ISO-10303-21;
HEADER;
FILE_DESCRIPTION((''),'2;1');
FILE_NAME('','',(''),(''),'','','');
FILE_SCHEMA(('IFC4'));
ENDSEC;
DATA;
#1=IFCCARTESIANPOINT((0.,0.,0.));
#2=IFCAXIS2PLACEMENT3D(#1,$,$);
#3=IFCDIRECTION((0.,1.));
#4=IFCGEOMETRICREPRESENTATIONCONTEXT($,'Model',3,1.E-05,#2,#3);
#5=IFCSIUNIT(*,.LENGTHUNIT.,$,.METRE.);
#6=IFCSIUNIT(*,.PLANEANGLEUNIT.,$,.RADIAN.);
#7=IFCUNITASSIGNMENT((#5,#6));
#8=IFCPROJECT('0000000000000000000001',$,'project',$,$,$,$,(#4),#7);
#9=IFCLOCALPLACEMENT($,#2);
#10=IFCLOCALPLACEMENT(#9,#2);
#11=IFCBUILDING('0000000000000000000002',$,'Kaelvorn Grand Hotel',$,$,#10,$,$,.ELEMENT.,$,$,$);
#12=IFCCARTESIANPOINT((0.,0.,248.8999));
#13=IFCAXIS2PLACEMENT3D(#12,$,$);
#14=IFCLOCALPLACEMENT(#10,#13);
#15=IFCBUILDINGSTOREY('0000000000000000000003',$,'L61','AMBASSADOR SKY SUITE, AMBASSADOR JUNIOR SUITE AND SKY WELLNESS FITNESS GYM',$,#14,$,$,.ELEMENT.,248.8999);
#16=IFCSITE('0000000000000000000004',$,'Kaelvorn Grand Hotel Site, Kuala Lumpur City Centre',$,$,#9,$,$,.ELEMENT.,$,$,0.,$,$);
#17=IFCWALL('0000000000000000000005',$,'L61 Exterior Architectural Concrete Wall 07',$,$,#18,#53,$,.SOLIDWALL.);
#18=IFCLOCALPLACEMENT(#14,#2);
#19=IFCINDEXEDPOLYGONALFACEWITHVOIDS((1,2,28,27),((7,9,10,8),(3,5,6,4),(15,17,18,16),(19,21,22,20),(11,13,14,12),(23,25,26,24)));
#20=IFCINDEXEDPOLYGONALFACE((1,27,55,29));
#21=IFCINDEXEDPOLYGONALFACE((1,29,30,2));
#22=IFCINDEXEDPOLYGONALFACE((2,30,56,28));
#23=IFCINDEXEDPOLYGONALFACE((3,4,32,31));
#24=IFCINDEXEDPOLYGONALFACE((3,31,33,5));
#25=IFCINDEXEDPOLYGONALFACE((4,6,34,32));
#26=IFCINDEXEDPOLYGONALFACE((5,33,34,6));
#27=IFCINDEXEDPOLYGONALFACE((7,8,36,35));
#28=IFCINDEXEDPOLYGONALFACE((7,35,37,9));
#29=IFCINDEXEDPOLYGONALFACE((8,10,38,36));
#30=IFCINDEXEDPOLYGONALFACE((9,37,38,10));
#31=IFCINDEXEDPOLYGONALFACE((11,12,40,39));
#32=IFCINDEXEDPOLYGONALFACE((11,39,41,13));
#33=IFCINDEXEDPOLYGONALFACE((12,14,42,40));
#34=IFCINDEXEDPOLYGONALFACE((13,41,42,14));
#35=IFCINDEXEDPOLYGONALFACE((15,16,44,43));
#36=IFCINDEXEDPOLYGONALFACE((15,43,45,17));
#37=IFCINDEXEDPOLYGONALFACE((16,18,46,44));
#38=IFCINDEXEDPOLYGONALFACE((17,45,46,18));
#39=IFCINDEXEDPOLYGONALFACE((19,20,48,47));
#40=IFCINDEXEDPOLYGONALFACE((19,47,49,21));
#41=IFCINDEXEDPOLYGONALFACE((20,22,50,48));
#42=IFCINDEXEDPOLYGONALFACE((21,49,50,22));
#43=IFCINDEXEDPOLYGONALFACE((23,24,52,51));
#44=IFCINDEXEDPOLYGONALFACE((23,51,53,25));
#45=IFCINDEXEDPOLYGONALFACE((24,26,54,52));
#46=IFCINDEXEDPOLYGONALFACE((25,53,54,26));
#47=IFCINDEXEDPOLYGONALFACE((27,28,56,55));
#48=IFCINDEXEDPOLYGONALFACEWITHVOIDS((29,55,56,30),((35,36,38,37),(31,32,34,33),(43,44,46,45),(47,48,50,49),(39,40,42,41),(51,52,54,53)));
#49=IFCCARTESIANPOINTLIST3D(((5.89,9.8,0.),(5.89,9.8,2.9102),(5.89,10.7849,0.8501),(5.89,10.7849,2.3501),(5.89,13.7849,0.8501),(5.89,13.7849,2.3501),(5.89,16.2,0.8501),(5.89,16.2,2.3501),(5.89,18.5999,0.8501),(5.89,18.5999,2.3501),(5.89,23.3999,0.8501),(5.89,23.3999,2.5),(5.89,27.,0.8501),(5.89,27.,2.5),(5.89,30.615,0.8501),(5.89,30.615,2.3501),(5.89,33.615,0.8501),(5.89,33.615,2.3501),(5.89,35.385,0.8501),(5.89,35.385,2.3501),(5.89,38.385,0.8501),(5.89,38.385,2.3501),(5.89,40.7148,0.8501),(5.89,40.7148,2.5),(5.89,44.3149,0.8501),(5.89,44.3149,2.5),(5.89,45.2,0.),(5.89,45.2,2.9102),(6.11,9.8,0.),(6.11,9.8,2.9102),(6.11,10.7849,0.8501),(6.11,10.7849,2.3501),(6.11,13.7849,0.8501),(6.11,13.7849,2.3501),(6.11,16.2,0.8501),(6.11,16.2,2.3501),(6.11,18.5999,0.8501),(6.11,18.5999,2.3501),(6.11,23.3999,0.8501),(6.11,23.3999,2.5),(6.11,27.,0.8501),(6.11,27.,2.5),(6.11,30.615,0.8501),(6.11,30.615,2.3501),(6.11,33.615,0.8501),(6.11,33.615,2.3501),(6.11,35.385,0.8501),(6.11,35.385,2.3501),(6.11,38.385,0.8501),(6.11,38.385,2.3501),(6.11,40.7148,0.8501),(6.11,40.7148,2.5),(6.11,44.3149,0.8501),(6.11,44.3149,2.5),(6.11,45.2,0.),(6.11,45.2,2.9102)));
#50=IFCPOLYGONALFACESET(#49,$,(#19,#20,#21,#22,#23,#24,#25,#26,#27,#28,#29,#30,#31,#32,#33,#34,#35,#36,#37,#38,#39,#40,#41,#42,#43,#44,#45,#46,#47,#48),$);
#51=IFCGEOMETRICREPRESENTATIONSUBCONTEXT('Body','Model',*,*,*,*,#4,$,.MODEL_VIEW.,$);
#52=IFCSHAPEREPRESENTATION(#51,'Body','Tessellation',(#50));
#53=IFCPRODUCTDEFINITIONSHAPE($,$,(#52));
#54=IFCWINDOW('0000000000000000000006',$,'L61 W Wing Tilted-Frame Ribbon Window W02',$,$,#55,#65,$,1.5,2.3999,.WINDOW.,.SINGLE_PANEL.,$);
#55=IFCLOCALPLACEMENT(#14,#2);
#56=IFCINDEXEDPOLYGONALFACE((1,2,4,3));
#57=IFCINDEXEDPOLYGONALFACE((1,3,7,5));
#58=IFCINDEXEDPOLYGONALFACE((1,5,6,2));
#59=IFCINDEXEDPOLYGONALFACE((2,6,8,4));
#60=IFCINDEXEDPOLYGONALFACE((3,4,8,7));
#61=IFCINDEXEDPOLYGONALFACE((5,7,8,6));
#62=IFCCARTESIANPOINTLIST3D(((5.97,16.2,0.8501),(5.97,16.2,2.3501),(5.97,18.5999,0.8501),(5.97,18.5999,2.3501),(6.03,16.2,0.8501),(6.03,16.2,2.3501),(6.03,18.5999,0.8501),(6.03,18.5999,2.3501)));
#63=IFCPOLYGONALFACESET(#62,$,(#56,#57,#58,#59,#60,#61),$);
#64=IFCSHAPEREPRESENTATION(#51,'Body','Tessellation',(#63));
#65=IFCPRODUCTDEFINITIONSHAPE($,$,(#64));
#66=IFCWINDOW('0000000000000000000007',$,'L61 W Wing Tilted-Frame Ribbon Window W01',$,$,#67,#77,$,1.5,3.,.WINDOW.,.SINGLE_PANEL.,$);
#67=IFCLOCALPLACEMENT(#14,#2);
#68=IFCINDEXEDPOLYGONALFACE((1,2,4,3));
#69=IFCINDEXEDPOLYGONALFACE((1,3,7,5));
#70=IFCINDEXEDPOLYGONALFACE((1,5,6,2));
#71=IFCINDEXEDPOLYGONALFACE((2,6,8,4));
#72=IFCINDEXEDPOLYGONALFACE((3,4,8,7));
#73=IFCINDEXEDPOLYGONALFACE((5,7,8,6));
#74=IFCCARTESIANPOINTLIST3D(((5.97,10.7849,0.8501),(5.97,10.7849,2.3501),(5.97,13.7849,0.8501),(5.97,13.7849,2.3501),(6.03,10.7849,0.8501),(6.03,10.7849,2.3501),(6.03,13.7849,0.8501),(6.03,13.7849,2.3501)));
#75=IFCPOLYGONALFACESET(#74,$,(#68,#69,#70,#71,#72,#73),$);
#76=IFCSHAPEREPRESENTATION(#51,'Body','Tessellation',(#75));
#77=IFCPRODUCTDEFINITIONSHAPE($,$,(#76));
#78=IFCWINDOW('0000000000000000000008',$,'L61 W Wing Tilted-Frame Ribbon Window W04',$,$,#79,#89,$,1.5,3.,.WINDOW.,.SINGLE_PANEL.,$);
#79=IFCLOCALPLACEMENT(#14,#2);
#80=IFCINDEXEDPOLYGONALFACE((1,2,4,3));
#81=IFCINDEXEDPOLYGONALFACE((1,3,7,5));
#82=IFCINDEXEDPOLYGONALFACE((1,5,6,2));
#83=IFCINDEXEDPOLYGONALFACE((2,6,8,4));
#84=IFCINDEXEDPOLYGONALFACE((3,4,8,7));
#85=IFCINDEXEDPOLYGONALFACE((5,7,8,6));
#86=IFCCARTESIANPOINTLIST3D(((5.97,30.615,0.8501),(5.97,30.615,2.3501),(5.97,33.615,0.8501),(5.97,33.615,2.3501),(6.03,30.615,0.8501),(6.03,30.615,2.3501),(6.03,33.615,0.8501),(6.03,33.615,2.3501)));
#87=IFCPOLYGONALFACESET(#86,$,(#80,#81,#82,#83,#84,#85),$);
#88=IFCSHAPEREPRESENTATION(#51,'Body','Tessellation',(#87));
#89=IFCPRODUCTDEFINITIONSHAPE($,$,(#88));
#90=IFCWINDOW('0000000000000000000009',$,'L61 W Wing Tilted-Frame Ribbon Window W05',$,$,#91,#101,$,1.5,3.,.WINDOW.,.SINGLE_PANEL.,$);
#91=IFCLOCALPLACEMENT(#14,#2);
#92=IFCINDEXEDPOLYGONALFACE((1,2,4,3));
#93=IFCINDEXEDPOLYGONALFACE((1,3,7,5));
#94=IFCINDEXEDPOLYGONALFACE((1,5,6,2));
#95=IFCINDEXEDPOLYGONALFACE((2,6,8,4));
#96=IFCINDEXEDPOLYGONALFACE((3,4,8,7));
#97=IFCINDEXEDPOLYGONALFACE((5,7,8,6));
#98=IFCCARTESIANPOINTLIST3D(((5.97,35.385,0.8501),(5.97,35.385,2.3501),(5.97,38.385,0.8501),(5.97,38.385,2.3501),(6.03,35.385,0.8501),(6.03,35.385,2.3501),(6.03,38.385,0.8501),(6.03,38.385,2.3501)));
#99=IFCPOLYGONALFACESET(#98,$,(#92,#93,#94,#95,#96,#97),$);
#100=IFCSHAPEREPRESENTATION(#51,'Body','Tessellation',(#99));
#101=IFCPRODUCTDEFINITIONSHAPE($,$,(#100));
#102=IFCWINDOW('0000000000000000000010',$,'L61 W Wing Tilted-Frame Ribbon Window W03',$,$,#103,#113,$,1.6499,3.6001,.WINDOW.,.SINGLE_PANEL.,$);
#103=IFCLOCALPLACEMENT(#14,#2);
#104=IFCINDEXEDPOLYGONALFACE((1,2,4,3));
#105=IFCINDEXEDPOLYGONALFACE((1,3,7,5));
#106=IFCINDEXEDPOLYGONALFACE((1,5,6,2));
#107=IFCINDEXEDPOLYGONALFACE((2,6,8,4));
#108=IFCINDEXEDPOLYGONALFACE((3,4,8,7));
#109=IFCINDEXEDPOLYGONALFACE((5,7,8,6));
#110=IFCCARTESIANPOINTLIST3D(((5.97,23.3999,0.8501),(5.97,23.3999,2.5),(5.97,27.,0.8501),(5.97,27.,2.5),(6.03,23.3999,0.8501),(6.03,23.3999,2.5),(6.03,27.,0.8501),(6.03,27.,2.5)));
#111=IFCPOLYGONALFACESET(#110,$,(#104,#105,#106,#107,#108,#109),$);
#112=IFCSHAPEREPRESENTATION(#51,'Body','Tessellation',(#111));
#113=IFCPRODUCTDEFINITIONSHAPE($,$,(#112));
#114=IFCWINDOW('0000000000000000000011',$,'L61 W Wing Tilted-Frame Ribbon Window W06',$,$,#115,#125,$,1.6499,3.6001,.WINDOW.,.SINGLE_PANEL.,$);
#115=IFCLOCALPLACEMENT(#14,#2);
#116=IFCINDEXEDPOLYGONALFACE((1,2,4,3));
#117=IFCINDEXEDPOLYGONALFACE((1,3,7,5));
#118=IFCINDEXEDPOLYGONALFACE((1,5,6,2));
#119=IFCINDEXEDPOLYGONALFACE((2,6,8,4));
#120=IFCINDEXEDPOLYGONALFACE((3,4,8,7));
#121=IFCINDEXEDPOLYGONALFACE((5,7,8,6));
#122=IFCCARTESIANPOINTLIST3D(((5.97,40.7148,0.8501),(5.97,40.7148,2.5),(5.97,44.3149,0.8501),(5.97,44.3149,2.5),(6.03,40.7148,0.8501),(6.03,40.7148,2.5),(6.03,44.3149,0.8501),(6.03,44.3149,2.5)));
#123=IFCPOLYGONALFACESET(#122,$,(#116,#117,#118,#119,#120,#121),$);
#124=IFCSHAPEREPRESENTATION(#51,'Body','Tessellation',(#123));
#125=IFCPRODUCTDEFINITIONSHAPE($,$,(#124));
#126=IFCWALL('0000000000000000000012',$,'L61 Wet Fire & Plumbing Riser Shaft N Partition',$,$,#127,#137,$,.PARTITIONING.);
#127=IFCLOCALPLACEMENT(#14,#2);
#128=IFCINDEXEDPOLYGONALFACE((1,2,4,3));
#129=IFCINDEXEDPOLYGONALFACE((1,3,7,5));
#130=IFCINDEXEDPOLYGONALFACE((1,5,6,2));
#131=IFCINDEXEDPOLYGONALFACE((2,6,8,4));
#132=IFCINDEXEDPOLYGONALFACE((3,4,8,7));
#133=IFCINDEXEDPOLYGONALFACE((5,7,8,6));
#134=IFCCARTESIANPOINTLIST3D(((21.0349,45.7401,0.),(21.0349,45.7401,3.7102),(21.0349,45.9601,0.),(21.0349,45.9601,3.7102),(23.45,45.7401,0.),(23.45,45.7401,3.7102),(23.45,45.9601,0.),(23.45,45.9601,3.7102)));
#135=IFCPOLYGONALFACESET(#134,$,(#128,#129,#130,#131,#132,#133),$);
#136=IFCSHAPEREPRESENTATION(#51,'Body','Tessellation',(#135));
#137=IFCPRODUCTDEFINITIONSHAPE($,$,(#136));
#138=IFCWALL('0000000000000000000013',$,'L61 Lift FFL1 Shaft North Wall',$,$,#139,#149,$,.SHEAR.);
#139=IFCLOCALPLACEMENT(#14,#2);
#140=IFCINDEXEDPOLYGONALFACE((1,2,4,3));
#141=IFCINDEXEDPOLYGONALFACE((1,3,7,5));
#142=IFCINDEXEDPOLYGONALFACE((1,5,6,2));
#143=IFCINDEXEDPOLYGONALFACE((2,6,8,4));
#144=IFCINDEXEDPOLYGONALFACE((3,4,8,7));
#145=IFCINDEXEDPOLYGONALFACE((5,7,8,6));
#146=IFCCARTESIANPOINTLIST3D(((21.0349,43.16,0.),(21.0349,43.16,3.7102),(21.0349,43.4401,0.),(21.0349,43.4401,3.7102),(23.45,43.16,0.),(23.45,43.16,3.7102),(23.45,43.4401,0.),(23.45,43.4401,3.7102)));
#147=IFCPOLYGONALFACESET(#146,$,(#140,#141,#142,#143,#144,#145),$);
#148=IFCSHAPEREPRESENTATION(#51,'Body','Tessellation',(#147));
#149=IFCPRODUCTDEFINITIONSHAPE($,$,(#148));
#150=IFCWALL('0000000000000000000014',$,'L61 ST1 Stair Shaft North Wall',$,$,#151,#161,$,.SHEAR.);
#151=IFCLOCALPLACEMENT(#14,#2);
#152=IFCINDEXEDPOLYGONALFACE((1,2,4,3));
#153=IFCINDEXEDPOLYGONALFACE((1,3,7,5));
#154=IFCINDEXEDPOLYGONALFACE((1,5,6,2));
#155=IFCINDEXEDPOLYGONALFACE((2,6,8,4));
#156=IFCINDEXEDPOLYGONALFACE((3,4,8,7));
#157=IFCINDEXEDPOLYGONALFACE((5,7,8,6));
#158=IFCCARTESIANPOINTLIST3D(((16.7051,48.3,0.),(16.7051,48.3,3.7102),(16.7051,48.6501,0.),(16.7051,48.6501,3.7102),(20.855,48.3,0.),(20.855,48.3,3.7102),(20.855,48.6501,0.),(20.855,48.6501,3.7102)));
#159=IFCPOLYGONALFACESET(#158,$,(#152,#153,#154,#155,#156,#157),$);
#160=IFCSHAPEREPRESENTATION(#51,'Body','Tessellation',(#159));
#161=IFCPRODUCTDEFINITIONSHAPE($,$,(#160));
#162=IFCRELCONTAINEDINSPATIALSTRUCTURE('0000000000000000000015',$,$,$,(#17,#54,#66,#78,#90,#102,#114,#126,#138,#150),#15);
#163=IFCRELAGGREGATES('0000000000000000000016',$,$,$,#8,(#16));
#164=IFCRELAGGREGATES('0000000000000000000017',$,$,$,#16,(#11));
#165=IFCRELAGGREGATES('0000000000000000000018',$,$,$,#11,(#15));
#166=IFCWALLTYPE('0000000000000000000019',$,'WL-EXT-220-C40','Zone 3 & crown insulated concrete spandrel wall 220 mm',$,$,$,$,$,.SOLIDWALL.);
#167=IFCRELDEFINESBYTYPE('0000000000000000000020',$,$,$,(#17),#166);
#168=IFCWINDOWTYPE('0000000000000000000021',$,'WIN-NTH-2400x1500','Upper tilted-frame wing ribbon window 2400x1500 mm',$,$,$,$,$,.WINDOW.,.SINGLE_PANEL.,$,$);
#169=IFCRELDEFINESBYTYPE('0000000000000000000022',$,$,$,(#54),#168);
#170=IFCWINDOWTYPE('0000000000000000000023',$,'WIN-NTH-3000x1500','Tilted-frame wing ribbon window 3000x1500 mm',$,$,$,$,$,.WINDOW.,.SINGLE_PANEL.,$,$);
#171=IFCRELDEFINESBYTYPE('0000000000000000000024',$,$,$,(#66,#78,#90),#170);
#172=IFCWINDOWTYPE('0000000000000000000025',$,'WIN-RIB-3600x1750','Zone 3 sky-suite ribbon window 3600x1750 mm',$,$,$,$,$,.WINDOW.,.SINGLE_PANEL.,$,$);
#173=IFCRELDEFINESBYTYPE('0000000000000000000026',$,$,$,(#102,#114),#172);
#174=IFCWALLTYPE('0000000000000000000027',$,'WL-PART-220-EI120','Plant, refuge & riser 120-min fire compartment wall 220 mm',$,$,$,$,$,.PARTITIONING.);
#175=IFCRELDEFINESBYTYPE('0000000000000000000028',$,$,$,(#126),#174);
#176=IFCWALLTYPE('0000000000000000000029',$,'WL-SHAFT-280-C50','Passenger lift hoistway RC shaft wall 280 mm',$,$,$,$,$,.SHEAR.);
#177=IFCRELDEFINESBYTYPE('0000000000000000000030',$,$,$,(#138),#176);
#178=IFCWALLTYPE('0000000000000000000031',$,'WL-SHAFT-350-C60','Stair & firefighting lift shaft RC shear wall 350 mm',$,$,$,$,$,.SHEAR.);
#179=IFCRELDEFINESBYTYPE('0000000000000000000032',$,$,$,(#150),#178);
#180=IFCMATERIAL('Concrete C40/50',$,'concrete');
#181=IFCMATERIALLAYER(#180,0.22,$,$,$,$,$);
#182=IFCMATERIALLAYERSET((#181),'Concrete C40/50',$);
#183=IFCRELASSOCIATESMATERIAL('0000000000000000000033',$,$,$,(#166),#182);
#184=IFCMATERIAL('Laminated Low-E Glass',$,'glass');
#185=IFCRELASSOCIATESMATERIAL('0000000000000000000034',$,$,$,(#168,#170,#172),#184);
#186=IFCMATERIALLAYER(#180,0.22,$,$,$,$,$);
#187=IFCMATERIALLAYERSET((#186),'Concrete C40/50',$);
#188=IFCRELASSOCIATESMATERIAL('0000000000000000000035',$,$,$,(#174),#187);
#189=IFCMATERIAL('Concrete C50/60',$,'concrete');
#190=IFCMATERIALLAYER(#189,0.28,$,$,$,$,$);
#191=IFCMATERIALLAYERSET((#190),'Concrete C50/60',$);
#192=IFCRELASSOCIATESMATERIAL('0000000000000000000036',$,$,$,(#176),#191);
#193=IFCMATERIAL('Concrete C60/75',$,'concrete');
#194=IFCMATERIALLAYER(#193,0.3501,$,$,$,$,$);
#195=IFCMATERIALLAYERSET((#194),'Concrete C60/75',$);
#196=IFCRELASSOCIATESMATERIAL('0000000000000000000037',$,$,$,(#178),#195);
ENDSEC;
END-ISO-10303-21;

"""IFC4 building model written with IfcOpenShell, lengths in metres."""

from ifc_helpers import new_model, si_unit, direction, frame, frame_2d, origin, place, context, subcontext, project, spatial, rectangle, extrude, material, layer, layer_set, type_object, element, fill, save


model = new_model("IFC4")

# Units and contexts
model_context = context("Model", 3, precision=1e-05, world=origin(), true_north=direction((0.0, 1.0)))
body_context = subcontext(model_context, "Body", "Model", "MODEL_VIEW")
ifc_project = project(units=[si_unit("LENGTHUNIT", "METRE"), si_unit("PLANEANGLEUNIT", "RADIAN")], contexts=[model_context])

# Site, building, storey
site_placement = place(None, origin())
site = spatial("IfcSite", under=ifc_project, at=site_placement, Name="Kaelvorn Grand Hotel Site, Kuala Lumpur City Centre", CompositionType="ELEMENT", RefElevation=0.0)
building_placement = place(site_placement, origin())
building = spatial("IfcBuilding", under=site, at=building_placement, Name="Kaelvorn Grand Hotel", CompositionType="ELEMENT")
storey_placement = place(building_placement, frame((0.0, 0.0, 248.8999)))
storey = spatial("IfcBuildingStorey", under=building, at=storey_placement, Name="L61", Description="AMBASSADOR SKY SUITE, AMBASSADOR JUNIOR SUITE AND SKY WELLNESS FITNESS GYM", CompositionType="ELEMENT", Elevation=248.8999)

# Shared definitions
ifc_material_1 = material(Name="Concrete C60/75", Category="concrete")
ifc_material_2 = material(Name="Concrete C50/60", Category="concrete")

# Shared definitions
ifc_material_3 = material(Name="Concrete C40/50", Category="concrete")
ifc_layer_1 = layer(ifc_material_3, 0.22)
ifc_layer_set_1 = layer_set([ifc_layer_1], Name="Concrete C40/50")
wall_type_1 = type_object("IfcWallType", Name="WL-EXT-220-C40", Description="Zone 3 & crown insulated concrete spandrel wall 220 mm", PredefinedType="SOLIDWALL", material=ifc_layer_set_1)
ifc_material_4 = material(Name="Laminated Low-E Glass", Category="glass")

# Wall, openings, windows
wall_1_placement = place(storey_placement, frame((6.0, 45.2, 0.0), z_axis=(0.0, 0.0, 1.0), x_axis=(0.0, -1.0, 0.0)))
wall_1 = element("IfcWall", 1, at=wall_1_placement, inside=storey, type_object=wall_type_1, Name="L61 Exterior Architectural Concrete Wall 07", PredefinedType="SOLIDWALL", context=body_context, shape_type="SweptSolid", body=[
    extrude(rectangle(XDim=35.3999, YDim=0.22, at=frame_2d((17.7, 0.0))), origin(), (0.0, 0.0, 1.0), 2.9102),
])
opening_1_placement = place(wall_1_placement, frame((31.415, 0.0, 0.8501)))
opening_1 = element("IfcOpeningElement", 2, at=opening_1_placement, cuts=wall_1, PredefinedType="OPENING", context=body_context, shape_type="SweptSolid", body=[
    extrude(rectangle(XDim=3.0, YDim=1.5, at=frame_2d((1.5, 0.75))), frame((0.0, 0.1201, 0.0), z_axis=(0.0, -1.0, 0.0), x_axis=(1.0, 0.0, 0.0)), (0.0, 0.0, 1.0), 0.24),
])
opening_2_placement = place(wall_1_placement, frame((26.6001, 0.0, 0.8501)))
opening_2 = element("IfcOpeningElement", 3, at=opening_2_placement, cuts=wall_1, PredefinedType="OPENING", context=body_context, shape_type="SweptSolid", body=[
    extrude(rectangle(XDim=2.3999, YDim=1.5, at=frame_2d((1.2, 0.75))), frame((0.0, 0.1201, 0.0), z_axis=(0.0, -1.0, 0.0), x_axis=(1.0, 0.0, 0.0)), (0.0, 0.0, 1.0), 0.24),
])
opening_3_placement = place(wall_1_placement, frame((18.2, 0.0, 0.8501)))
opening_3 = element("IfcOpeningElement", 4, at=opening_3_placement, cuts=wall_1, PredefinedType="OPENING", context=body_context, shape_type="SweptSolid", body=[
    extrude(rectangle(XDim=3.6001, YDim=1.6499, at=frame_2d((1.8, 0.825))), frame((0.0, 0.1201, 0.0), z_axis=(0.0, -1.0, 0.0), x_axis=(1.0, 0.0, 0.0)), (0.0, 0.0, 1.0), 0.24),
])
opening_4_placement = place(wall_1_placement, frame((11.585, 0.0, 0.8501)))
opening_4 = element("IfcOpeningElement", 5, at=opening_4_placement, cuts=wall_1, PredefinedType="OPENING", context=body_context, shape_type="SweptSolid", body=[
    extrude(rectangle(XDim=3.0, YDim=1.5, at=frame_2d((1.5, 0.75))), frame((0.0, 0.1201, 0.0), z_axis=(0.0, -1.0, 0.0), x_axis=(1.0, 0.0, 0.0)), (0.0, 0.0, 1.0), 0.24),
])
opening_5_placement = place(wall_1_placement, frame((6.8149, 0.0, 0.8501)))
opening_5 = element("IfcOpeningElement", 6, at=opening_5_placement, cuts=wall_1, PredefinedType="OPENING", context=body_context, shape_type="SweptSolid", body=[
    extrude(rectangle(XDim=3.0, YDim=1.5, at=frame_2d((1.5, 0.75))), frame((0.0, 0.1201, 0.0), z_axis=(0.0, -1.0, 0.0), x_axis=(1.0, 0.0, 0.0)), (0.0, 0.0, 1.0), 0.24),
])
opening_6_placement = place(wall_1_placement, frame((0.885, 0.0, 0.8501)))
opening_6 = element("IfcOpeningElement", 7, at=opening_6_placement, cuts=wall_1, PredefinedType="OPENING", context=body_context, shape_type="SweptSolid", body=[
    extrude(rectangle(XDim=3.6001, YDim=1.6499, at=frame_2d((1.8, 0.825))), frame((0.0, 0.1201, 0.0), z_axis=(0.0, -1.0, 0.0), x_axis=(1.0, 0.0, 0.0)), (0.0, 0.0, 1.0), 0.24),
])
window_type_1 = type_object("IfcWindowType", Name="WIN-NTH-2400x1500", Description="Upper tilted-frame wing ribbon window 2400x1500 mm", PartitioningType="SINGLE_PANEL", PredefinedType="WINDOW", material=ifc_material_4)
window_1_placement = place(opening_2_placement, origin())
window_1 = element("IfcWindow", 8, at=window_1_placement, inside=storey, type_object=window_type_1, Name="L61 W Wing Tilted-Frame Ribbon Window W02", OverallHeight=1.5, OverallWidth=2.3999, PartitioningType="SINGLE_PANEL", PredefinedType="WINDOW", context=body_context, shape_type="SweptSolid", body=[
    extrude(rectangle(XDim=2.3999, YDim=1.5, at=frame_2d((1.2, 0.75))), frame((0.0, 0.03, 0.0), z_axis=(0.0, -1.0, 0.0), x_axis=(1.0, 0.0, 0.0)), (0.0, 0.0, 1.0), 0.0601),
])
fill(opening_2, window_1)
window_type_2 = type_object("IfcWindowType", Name="WIN-NTH-3000x1500", Description="Tilted-frame wing ribbon window 3000x1500 mm", PartitioningType="SINGLE_PANEL", PredefinedType="WINDOW", material=ifc_material_4)
window_2_placement = place(opening_1_placement, origin())
window_2 = element("IfcWindow", 9, at=window_2_placement, inside=storey, type_object=window_type_2, Name="L61 W Wing Tilted-Frame Ribbon Window W01", OverallHeight=1.5, OverallWidth=3.0, PartitioningType="SINGLE_PANEL", PredefinedType="WINDOW", context=body_context, shape_type="SweptSolid", body=[
    extrude(rectangle(XDim=3.0, YDim=1.5, at=frame_2d((1.5, 0.75))), frame((0.0, 0.03, 0.0), z_axis=(0.0, -1.0, 0.0), x_axis=(1.0, 0.0, 0.0)), (0.0, 0.0, 1.0), 0.0601),
])
fill(opening_1, window_2)
window_3_placement = place(opening_4_placement, origin())
window_3 = element("IfcWindow", 10, at=window_3_placement, inside=storey, type_object=window_type_2, Name="L61 W Wing Tilted-Frame Ribbon Window W04", OverallHeight=1.5, OverallWidth=3.0, PartitioningType="SINGLE_PANEL", PredefinedType="WINDOW", context=body_context, shape_type="SweptSolid", body=[
    extrude(rectangle(XDim=3.0, YDim=1.5, at=frame_2d((1.5, 0.75))), frame((0.0, 0.03, 0.0), z_axis=(0.0, -1.0, 0.0), x_axis=(1.0, 0.0, 0.0)), (0.0, 0.0, 1.0), 0.0601),
])
fill(opening_4, window_3)
window_4_placement = place(opening_5_placement, origin())
window_4 = element("IfcWindow", 11, at=window_4_placement, inside=storey, type_object=window_type_2, Name="L61 W Wing Tilted-Frame Ribbon Window W05", OverallHeight=1.5, OverallWidth=3.0, PartitioningType="SINGLE_PANEL", PredefinedType="WINDOW", context=body_context, shape_type="SweptSolid", body=[
    extrude(rectangle(XDim=3.0, YDim=1.5, at=frame_2d((1.5, 0.75))), frame((0.0, 0.03, 0.0), z_axis=(0.0, -1.0, 0.0), x_axis=(1.0, 0.0, 0.0)), (0.0, 0.0, 1.0), 0.0601),
])
fill(opening_5, window_4)
window_type_3 = type_object("IfcWindowType", Name="WIN-RIB-3600x1750", Description="Zone 3 sky-suite ribbon window 3600x1750 mm", PartitioningType="SINGLE_PANEL", PredefinedType="WINDOW", material=ifc_material_4)
window_5_placement = place(opening_3_placement, origin())
window_5 = element("IfcWindow", 12, at=window_5_placement, inside=storey, type_object=window_type_3, Name="L61 W Wing Tilted-Frame Ribbon Window W03", OverallHeight=1.6499, OverallWidth=3.6001, PartitioningType="SINGLE_PANEL", PredefinedType="WINDOW", context=body_context, shape_type="SweptSolid", body=[
    extrude(rectangle(XDim=3.6001, YDim=1.6499, at=frame_2d((1.8, 0.825))), frame((0.0, 0.03, 0.0), z_axis=(0.0, -1.0, 0.0), x_axis=(1.0, 0.0, 0.0)), (0.0, 0.0, 1.0), 0.0601),
])
fill(opening_3, window_5)
window_6_placement = place(opening_6_placement, origin())
window_6 = element("IfcWindow", 13, at=window_6_placement, inside=storey, type_object=window_type_3, Name="L61 W Wing Tilted-Frame Ribbon Window W06", OverallHeight=1.6499, OverallWidth=3.6001, PartitioningType="SINGLE_PANEL", PredefinedType="WINDOW", context=body_context, shape_type="SweptSolid", body=[
    extrude(rectangle(XDim=3.6001, YDim=1.6499, at=frame_2d((1.8, 0.825))), frame((0.0, 0.03, 0.0), z_axis=(0.0, -1.0, 0.0), x_axis=(1.0, 0.0, 0.0)), (0.0, 0.0, 1.0), 0.0601),
])
fill(opening_6, window_6)

# Walls
ifc_layer_2 = layer(ifc_material_3, 0.22)
ifc_layer_set_2 = layer_set([ifc_layer_2], Name="Concrete C40/50")
wall_type_2 = type_object("IfcWallType", Name="WL-PART-220-EI120", Description="Plant, refuge & riser 120-min fire compartment wall 220 mm", PredefinedType="PARTITIONING", material=ifc_layer_set_2)
wall_2_placement = place(storey_placement, frame((21.0349, 45.8501, 0.0), z_axis=(0.0, 0.0, 1.0), x_axis=(1.0, 0.0, 0.0)))
element("IfcWall", 14, at=wall_2_placement, inside=storey, type_object=wall_type_2, Name="L61 Wet Fire & Plumbing Riser Shaft N Partition", PredefinedType="PARTITIONING", context=body_context, shape_type="SweptSolid", body=[
    extrude(rectangle(XDim=2.415, YDim=0.22, at=frame_2d((1.2075, 0.0))), origin(), (0.0, 0.0, 1.0), 3.7102),
])
ifc_layer_3 = layer(ifc_material_2, 0.28)
ifc_layer_set_3 = layer_set([ifc_layer_3], Name="Concrete C50/60")
wall_type_3 = type_object("IfcWallType", Name="WL-SHAFT-280-C50", Description="Passenger lift hoistway RC shaft wall 280 mm", PredefinedType="SHEAR", material=ifc_layer_set_3)
wall_3_placement = place(storey_placement, frame((21.0349, 43.3, 0.0), z_axis=(0.0, 0.0, 1.0), x_axis=(1.0, 0.0, 0.0)))
element("IfcWall", 15, at=wall_3_placement, inside=storey, type_object=wall_type_3, Name="L61 Lift FFL1 Shaft North Wall", PredefinedType="SHEAR", context=body_context, shape_type="SweptSolid", body=[
    extrude(rectangle(XDim=2.415, YDim=0.28, at=frame_2d((1.2075, 0.0))), origin(), (0.0, 0.0, 1.0), 3.7102),
])
ifc_layer_4 = layer(ifc_material_1, 0.3501)
ifc_layer_set_4 = layer_set([ifc_layer_4], Name="Concrete C60/75")
wall_type_4 = type_object("IfcWallType", Name="WL-SHAFT-350-C60", Description="Stair & firefighting lift shaft RC shear wall 350 mm", PredefinedType="SHEAR", material=ifc_layer_set_4)
wall_4_placement = place(storey_placement, frame((16.7051, 48.4751, 0.0), z_axis=(0.0, 0.0, 1.0), x_axis=(1.0, 0.0, 0.0)))
element("IfcWall", 16, at=wall_4_placement, inside=storey, type_object=wall_type_4, Name="L61 ST1 Stair Shaft North Wall", PredefinedType="SHEAR", context=body_context, shape_type="SweptSolid", body=[
    extrude(rectangle(XDim=4.1499, YDim=0.3501, at=frame_2d((2.075, 0.0))), origin(), (0.0, 0.0, 1.0), 3.7102),
])

save(model, "model.ifc")
